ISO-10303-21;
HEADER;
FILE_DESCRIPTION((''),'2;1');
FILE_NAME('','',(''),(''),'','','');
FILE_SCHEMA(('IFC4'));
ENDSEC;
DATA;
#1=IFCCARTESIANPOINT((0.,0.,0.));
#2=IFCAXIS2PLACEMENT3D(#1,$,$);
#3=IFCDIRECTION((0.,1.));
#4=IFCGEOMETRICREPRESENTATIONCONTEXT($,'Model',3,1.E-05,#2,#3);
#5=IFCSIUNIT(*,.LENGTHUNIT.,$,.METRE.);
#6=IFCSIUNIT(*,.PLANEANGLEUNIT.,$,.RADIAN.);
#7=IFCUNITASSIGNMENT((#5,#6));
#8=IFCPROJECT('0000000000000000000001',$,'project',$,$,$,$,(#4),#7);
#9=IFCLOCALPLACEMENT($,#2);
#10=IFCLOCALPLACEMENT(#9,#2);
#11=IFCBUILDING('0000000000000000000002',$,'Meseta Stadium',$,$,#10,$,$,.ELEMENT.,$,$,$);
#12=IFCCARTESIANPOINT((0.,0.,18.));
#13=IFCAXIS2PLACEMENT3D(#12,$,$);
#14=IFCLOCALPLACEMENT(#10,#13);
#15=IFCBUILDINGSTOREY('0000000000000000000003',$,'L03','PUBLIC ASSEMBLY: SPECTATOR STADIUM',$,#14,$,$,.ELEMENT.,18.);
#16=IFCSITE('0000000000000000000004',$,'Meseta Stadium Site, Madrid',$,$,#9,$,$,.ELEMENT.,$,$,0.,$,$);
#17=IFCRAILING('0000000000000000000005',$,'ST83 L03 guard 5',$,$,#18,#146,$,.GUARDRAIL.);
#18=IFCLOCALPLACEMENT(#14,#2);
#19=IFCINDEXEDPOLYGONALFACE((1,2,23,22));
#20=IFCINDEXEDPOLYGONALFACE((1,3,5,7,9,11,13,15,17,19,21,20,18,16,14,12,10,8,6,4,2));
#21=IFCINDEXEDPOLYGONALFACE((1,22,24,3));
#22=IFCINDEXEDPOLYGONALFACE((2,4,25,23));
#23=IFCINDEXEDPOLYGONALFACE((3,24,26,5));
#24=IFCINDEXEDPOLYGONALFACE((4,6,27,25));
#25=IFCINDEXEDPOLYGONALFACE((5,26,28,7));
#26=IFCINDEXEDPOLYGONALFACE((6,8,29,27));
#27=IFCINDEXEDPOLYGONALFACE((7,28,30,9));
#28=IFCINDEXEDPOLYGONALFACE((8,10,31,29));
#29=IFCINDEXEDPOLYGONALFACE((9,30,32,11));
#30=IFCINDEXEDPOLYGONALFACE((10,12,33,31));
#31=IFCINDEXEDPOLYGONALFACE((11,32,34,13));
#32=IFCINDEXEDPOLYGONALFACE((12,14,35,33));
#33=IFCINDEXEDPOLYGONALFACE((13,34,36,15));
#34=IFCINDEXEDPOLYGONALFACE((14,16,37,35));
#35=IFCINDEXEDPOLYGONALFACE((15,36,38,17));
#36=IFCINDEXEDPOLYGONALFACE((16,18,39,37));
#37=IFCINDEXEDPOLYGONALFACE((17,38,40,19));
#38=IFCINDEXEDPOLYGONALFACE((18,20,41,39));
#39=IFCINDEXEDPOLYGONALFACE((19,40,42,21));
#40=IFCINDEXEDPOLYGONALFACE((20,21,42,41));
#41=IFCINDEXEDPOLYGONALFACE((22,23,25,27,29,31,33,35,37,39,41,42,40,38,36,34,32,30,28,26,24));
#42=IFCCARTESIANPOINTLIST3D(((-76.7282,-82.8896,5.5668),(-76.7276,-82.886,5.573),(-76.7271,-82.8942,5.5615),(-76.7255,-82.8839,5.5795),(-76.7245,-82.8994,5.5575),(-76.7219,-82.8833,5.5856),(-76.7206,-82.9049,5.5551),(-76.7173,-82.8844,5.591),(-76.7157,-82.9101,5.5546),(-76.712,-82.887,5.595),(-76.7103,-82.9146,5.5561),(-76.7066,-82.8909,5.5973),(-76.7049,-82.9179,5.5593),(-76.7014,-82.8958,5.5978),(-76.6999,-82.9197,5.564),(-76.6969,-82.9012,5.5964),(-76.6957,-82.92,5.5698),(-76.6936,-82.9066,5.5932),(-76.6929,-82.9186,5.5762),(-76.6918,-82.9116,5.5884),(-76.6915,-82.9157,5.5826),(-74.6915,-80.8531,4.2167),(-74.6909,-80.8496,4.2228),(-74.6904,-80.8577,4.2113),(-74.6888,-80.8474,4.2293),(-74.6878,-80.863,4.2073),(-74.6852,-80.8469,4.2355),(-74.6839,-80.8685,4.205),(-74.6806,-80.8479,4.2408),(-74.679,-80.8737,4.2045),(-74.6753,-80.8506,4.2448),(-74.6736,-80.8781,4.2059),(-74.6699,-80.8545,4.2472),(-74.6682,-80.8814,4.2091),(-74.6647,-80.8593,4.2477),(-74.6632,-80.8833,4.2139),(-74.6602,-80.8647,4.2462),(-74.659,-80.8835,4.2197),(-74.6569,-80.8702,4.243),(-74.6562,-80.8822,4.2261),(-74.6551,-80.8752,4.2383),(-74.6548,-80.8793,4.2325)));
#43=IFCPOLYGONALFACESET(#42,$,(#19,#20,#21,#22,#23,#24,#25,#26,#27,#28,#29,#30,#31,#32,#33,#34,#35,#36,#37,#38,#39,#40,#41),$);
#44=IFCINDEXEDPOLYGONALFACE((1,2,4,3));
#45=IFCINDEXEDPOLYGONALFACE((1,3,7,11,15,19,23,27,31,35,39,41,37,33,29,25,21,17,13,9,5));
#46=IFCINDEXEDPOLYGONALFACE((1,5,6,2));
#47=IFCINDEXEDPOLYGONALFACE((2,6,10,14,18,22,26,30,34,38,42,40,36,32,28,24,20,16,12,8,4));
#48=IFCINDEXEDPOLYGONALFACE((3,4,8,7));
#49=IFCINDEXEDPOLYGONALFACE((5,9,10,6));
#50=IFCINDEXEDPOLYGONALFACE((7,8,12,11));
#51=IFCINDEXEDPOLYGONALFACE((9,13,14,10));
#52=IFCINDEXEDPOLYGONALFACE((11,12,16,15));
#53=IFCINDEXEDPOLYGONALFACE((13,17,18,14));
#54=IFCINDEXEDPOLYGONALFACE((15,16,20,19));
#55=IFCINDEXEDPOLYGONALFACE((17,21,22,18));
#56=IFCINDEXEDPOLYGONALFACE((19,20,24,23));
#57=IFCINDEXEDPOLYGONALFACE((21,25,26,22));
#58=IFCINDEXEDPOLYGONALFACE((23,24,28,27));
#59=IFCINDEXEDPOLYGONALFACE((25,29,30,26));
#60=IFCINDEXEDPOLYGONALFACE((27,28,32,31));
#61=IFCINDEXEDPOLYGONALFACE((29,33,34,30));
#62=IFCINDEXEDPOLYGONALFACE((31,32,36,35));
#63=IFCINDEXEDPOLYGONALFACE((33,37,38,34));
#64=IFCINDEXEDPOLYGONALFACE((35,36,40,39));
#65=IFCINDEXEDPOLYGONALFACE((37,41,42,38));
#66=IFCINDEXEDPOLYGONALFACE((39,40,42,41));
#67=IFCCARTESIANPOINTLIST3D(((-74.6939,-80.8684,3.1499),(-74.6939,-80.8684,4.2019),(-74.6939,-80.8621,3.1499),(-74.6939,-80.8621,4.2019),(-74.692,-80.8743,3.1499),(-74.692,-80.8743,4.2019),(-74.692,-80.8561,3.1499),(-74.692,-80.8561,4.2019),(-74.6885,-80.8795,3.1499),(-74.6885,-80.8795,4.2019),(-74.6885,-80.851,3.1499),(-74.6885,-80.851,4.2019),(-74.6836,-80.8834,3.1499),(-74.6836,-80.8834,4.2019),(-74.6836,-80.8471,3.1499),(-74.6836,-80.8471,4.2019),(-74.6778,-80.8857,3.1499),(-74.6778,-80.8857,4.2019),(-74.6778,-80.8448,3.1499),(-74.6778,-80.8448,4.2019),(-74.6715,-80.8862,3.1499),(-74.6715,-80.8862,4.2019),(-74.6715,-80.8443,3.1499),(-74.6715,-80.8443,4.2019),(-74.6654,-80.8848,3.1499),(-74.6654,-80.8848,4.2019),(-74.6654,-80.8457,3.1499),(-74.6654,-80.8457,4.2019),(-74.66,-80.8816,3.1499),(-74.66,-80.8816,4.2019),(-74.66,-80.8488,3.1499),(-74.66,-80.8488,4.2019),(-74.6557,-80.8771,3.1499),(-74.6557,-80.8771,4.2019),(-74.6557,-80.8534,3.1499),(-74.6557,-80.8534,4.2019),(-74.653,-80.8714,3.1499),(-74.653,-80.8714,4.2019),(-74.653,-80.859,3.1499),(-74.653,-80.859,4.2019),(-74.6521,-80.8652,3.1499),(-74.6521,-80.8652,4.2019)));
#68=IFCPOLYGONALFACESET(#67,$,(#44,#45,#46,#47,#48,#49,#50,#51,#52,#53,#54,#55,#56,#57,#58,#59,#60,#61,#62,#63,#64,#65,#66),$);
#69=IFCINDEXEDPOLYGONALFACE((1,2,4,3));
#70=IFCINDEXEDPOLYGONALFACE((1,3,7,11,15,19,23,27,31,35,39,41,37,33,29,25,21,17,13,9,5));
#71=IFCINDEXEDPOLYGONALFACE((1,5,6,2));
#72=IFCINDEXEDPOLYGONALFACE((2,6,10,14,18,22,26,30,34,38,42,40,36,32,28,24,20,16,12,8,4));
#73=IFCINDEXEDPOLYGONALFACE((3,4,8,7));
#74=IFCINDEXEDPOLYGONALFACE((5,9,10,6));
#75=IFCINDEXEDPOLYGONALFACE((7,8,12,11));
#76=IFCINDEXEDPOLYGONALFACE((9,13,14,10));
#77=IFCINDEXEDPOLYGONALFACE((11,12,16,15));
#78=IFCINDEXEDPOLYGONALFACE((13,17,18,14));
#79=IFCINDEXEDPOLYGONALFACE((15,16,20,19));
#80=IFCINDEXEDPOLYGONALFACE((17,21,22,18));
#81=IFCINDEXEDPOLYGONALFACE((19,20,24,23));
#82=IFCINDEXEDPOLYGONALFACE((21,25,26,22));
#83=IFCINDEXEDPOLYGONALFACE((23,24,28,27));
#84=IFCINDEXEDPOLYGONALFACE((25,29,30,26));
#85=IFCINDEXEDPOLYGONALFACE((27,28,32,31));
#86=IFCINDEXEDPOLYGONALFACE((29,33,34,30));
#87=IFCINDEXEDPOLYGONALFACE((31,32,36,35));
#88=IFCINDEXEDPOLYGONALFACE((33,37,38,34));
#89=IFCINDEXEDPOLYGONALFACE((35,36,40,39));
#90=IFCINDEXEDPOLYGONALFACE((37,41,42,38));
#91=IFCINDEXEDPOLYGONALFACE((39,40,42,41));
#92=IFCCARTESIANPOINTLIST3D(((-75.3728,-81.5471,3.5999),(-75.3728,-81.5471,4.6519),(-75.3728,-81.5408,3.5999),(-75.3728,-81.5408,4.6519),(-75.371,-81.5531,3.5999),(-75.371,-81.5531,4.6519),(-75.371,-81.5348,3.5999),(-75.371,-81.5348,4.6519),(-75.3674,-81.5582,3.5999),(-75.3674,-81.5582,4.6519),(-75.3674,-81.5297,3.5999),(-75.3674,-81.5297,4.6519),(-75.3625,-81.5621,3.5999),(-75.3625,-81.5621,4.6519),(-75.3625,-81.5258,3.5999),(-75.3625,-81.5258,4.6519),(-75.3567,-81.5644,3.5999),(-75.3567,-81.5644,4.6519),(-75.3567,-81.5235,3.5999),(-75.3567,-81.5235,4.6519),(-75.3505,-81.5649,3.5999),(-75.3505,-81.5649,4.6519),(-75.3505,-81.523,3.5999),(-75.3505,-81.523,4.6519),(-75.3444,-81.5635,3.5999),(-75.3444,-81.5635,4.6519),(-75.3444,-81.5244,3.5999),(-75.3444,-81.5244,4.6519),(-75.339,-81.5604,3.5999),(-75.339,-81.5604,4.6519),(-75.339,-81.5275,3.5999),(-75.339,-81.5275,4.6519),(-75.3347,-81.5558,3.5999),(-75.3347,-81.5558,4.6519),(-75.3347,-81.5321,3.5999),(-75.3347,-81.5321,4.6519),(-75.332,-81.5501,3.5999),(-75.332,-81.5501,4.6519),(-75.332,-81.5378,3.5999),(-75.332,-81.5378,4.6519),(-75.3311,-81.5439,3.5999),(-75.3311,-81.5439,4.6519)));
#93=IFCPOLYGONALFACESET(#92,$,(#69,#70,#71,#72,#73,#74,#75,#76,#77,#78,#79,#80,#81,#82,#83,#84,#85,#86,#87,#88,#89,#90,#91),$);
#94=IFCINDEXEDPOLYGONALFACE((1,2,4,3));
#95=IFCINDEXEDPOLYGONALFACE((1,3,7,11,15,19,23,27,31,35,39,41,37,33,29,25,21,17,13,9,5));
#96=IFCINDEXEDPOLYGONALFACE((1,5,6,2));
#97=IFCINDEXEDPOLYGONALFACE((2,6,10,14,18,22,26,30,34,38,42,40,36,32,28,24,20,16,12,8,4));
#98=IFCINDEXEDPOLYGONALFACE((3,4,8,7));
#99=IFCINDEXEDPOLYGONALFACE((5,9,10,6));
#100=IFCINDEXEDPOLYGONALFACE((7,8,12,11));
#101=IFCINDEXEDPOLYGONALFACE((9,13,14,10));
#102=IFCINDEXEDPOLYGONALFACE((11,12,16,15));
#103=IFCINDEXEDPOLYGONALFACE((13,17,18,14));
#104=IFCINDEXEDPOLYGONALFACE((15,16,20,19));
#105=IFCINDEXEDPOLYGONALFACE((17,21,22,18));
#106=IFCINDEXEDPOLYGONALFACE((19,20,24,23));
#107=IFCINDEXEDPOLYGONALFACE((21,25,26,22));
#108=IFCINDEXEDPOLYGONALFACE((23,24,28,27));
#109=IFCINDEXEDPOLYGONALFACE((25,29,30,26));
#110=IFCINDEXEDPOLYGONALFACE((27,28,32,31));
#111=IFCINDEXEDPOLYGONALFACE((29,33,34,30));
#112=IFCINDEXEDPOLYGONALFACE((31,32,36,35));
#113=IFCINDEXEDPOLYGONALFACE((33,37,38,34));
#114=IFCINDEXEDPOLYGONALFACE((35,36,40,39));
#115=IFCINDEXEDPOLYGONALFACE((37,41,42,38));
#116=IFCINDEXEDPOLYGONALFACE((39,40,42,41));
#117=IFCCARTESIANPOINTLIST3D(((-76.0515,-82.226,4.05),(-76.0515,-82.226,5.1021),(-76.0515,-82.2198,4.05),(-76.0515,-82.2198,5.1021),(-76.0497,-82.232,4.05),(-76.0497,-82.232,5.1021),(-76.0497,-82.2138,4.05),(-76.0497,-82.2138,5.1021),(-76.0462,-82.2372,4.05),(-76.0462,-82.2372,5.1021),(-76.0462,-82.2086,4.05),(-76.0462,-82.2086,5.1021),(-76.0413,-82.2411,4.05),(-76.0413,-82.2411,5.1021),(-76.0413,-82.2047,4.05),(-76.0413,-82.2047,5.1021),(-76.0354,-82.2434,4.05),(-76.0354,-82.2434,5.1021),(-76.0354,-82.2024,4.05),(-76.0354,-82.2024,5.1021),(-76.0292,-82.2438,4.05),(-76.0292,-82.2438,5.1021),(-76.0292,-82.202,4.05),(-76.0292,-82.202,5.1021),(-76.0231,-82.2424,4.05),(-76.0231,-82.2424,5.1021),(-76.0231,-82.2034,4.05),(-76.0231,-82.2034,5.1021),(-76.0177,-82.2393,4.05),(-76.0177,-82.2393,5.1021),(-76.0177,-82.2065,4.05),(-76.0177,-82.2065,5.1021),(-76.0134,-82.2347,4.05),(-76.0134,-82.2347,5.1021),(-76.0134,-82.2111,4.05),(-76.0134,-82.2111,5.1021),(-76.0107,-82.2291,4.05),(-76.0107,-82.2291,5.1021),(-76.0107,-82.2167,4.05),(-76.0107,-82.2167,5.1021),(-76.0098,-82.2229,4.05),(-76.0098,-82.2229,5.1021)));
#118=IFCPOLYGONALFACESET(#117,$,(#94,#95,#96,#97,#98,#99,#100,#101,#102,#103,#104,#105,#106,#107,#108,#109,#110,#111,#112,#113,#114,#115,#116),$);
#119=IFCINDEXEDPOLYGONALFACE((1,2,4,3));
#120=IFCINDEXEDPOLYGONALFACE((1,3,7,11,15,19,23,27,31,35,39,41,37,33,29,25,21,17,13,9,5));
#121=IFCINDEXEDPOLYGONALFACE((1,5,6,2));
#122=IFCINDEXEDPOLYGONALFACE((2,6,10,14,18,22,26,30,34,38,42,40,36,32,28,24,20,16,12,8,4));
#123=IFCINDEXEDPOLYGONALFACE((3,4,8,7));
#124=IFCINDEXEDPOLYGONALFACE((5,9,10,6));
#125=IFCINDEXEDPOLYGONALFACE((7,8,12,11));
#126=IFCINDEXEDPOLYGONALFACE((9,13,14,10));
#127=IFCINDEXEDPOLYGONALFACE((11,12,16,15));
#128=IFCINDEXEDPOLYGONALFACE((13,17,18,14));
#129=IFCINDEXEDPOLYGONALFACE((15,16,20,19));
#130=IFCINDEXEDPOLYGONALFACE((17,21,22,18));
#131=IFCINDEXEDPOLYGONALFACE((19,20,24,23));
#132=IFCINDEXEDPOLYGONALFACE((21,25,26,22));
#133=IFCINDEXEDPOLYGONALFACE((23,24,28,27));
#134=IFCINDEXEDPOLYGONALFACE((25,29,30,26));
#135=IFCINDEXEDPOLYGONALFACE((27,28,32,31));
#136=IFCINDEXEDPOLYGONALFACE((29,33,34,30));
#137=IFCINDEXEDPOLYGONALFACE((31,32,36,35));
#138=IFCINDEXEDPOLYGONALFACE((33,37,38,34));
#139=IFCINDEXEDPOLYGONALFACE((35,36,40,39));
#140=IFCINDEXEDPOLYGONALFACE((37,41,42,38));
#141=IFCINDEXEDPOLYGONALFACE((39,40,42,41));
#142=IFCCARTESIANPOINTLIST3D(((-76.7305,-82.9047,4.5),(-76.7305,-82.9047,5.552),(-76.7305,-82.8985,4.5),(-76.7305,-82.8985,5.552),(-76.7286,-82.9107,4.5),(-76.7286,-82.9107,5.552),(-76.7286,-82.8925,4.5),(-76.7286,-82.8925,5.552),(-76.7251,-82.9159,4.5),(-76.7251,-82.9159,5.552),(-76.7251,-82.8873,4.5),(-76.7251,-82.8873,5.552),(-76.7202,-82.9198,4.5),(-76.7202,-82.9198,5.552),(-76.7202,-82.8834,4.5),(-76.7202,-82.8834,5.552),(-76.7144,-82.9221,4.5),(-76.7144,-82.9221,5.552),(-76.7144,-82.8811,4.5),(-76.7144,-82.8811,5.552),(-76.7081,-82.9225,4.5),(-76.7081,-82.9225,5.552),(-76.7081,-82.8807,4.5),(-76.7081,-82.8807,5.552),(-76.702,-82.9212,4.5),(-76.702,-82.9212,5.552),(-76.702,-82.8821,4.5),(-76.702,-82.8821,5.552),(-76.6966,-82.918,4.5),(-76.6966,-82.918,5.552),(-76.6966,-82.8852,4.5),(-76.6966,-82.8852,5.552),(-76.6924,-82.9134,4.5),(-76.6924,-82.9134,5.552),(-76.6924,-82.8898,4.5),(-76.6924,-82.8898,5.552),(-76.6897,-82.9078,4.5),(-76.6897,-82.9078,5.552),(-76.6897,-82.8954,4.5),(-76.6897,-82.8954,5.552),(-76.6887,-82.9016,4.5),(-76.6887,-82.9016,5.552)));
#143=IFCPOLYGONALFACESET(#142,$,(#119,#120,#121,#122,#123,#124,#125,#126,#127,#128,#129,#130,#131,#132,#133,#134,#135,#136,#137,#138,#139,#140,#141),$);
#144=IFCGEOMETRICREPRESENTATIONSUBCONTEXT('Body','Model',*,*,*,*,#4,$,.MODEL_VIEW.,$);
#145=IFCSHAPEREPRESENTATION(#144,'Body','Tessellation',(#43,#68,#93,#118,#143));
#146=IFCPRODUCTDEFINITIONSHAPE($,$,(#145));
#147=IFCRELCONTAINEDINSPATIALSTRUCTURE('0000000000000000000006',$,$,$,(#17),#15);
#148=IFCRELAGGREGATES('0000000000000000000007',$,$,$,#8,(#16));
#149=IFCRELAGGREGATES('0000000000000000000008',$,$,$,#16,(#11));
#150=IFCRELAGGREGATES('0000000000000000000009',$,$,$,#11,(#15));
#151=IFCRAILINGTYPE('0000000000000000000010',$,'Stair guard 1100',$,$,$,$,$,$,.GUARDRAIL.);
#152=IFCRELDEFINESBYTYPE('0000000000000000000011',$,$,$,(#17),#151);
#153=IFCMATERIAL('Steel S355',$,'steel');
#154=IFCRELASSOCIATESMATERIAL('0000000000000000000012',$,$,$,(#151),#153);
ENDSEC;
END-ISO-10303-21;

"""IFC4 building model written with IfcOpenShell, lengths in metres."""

from ifc_helpers import new_model, si_unit, direction, frame, origin, origin_2d, place, context, subcontext, project, spatial, circle, extrude, material, type_object, element, save


model = new_model("IFC4")

# Units and contexts
model_context = context("Model", 3, precision=1e-05, world=origin(), true_north=direction((0.0, 1.0)))
body_context = subcontext(model_context, "Body", "Model", "MODEL_VIEW")
ifc_project = project(units=[si_unit("LENGTHUNIT", "METRE"), si_unit("PLANEANGLEUNIT", "RADIAN")], contexts=[model_context])

# Site, building, storey
site_placement = place(None, origin())
site = spatial("IfcSite", under=ifc_project, at=site_placement, Name="Meseta Stadium Site, Madrid", CompositionType="ELEMENT", RefElevation=0.0)
building_placement = place(site_placement, origin())
building = spatial("IfcBuilding", under=site, at=building_placement, Name="Meseta Stadium", CompositionType="ELEMENT")
storey_placement = place(building_placement, frame((0.0, 0.0, 18.0)))
storey = spatial("IfcBuildingStorey", under=building, at=storey_placement, Name="L03", Description="PUBLIC ASSEMBLY: SPECTATOR STADIUM", CompositionType="ELEMENT", Elevation=18.0)

# Railing
ifc_material_1 = material(Name="Steel S355", Category="steel")
railing_type_1 = type_object("IfcRailingType", Name="Stair guard 1100", PredefinedType="GUARDRAIL", material=ifc_material_1)
railing_1_placement = place(storey_placement, frame((-74.6731, -80.8652, 3.1499)))
element("IfcRailing", 1, at=railing_1_placement, inside=storey, type_object=railing_type_1, Name="ST83 L03 guard 5", PredefinedType="GUARDRAIL", context=body_context, shape_type="SweptSolid", body=[
    extrude(circle(Radius=0.0239, at=origin_2d()), frame((0.0, 0.0, 1.0762), z_axis=(-0.640288, -0.640211, 0.424454), x_axis=(0.707064, -0.707149, 0.0)), (0.0, 0.0, 1.0), 3.1809),
    extrude(circle(Radius=0.021, at=origin_2d()), origin(), (0.0, 0.0, 1.0), 1.052),
    extrude(circle(Radius=0.021, at=origin_2d()), frame((-0.679, -0.6787, 0.45)), (0.0, 0.0, 1.0), 1.052),
    extrude(circle(Radius=0.021, at=origin_2d()), frame((-1.3577, -1.3577, 0.9001)), (0.0, 0.0, 1.0), 1.052),
    extrude(circle(Radius=0.021, at=origin_2d()), frame((-2.0366, -2.0364, 1.3501)), (0.0, 0.0, 1.0), 1.052),
])

save(model, "model.ifc")
